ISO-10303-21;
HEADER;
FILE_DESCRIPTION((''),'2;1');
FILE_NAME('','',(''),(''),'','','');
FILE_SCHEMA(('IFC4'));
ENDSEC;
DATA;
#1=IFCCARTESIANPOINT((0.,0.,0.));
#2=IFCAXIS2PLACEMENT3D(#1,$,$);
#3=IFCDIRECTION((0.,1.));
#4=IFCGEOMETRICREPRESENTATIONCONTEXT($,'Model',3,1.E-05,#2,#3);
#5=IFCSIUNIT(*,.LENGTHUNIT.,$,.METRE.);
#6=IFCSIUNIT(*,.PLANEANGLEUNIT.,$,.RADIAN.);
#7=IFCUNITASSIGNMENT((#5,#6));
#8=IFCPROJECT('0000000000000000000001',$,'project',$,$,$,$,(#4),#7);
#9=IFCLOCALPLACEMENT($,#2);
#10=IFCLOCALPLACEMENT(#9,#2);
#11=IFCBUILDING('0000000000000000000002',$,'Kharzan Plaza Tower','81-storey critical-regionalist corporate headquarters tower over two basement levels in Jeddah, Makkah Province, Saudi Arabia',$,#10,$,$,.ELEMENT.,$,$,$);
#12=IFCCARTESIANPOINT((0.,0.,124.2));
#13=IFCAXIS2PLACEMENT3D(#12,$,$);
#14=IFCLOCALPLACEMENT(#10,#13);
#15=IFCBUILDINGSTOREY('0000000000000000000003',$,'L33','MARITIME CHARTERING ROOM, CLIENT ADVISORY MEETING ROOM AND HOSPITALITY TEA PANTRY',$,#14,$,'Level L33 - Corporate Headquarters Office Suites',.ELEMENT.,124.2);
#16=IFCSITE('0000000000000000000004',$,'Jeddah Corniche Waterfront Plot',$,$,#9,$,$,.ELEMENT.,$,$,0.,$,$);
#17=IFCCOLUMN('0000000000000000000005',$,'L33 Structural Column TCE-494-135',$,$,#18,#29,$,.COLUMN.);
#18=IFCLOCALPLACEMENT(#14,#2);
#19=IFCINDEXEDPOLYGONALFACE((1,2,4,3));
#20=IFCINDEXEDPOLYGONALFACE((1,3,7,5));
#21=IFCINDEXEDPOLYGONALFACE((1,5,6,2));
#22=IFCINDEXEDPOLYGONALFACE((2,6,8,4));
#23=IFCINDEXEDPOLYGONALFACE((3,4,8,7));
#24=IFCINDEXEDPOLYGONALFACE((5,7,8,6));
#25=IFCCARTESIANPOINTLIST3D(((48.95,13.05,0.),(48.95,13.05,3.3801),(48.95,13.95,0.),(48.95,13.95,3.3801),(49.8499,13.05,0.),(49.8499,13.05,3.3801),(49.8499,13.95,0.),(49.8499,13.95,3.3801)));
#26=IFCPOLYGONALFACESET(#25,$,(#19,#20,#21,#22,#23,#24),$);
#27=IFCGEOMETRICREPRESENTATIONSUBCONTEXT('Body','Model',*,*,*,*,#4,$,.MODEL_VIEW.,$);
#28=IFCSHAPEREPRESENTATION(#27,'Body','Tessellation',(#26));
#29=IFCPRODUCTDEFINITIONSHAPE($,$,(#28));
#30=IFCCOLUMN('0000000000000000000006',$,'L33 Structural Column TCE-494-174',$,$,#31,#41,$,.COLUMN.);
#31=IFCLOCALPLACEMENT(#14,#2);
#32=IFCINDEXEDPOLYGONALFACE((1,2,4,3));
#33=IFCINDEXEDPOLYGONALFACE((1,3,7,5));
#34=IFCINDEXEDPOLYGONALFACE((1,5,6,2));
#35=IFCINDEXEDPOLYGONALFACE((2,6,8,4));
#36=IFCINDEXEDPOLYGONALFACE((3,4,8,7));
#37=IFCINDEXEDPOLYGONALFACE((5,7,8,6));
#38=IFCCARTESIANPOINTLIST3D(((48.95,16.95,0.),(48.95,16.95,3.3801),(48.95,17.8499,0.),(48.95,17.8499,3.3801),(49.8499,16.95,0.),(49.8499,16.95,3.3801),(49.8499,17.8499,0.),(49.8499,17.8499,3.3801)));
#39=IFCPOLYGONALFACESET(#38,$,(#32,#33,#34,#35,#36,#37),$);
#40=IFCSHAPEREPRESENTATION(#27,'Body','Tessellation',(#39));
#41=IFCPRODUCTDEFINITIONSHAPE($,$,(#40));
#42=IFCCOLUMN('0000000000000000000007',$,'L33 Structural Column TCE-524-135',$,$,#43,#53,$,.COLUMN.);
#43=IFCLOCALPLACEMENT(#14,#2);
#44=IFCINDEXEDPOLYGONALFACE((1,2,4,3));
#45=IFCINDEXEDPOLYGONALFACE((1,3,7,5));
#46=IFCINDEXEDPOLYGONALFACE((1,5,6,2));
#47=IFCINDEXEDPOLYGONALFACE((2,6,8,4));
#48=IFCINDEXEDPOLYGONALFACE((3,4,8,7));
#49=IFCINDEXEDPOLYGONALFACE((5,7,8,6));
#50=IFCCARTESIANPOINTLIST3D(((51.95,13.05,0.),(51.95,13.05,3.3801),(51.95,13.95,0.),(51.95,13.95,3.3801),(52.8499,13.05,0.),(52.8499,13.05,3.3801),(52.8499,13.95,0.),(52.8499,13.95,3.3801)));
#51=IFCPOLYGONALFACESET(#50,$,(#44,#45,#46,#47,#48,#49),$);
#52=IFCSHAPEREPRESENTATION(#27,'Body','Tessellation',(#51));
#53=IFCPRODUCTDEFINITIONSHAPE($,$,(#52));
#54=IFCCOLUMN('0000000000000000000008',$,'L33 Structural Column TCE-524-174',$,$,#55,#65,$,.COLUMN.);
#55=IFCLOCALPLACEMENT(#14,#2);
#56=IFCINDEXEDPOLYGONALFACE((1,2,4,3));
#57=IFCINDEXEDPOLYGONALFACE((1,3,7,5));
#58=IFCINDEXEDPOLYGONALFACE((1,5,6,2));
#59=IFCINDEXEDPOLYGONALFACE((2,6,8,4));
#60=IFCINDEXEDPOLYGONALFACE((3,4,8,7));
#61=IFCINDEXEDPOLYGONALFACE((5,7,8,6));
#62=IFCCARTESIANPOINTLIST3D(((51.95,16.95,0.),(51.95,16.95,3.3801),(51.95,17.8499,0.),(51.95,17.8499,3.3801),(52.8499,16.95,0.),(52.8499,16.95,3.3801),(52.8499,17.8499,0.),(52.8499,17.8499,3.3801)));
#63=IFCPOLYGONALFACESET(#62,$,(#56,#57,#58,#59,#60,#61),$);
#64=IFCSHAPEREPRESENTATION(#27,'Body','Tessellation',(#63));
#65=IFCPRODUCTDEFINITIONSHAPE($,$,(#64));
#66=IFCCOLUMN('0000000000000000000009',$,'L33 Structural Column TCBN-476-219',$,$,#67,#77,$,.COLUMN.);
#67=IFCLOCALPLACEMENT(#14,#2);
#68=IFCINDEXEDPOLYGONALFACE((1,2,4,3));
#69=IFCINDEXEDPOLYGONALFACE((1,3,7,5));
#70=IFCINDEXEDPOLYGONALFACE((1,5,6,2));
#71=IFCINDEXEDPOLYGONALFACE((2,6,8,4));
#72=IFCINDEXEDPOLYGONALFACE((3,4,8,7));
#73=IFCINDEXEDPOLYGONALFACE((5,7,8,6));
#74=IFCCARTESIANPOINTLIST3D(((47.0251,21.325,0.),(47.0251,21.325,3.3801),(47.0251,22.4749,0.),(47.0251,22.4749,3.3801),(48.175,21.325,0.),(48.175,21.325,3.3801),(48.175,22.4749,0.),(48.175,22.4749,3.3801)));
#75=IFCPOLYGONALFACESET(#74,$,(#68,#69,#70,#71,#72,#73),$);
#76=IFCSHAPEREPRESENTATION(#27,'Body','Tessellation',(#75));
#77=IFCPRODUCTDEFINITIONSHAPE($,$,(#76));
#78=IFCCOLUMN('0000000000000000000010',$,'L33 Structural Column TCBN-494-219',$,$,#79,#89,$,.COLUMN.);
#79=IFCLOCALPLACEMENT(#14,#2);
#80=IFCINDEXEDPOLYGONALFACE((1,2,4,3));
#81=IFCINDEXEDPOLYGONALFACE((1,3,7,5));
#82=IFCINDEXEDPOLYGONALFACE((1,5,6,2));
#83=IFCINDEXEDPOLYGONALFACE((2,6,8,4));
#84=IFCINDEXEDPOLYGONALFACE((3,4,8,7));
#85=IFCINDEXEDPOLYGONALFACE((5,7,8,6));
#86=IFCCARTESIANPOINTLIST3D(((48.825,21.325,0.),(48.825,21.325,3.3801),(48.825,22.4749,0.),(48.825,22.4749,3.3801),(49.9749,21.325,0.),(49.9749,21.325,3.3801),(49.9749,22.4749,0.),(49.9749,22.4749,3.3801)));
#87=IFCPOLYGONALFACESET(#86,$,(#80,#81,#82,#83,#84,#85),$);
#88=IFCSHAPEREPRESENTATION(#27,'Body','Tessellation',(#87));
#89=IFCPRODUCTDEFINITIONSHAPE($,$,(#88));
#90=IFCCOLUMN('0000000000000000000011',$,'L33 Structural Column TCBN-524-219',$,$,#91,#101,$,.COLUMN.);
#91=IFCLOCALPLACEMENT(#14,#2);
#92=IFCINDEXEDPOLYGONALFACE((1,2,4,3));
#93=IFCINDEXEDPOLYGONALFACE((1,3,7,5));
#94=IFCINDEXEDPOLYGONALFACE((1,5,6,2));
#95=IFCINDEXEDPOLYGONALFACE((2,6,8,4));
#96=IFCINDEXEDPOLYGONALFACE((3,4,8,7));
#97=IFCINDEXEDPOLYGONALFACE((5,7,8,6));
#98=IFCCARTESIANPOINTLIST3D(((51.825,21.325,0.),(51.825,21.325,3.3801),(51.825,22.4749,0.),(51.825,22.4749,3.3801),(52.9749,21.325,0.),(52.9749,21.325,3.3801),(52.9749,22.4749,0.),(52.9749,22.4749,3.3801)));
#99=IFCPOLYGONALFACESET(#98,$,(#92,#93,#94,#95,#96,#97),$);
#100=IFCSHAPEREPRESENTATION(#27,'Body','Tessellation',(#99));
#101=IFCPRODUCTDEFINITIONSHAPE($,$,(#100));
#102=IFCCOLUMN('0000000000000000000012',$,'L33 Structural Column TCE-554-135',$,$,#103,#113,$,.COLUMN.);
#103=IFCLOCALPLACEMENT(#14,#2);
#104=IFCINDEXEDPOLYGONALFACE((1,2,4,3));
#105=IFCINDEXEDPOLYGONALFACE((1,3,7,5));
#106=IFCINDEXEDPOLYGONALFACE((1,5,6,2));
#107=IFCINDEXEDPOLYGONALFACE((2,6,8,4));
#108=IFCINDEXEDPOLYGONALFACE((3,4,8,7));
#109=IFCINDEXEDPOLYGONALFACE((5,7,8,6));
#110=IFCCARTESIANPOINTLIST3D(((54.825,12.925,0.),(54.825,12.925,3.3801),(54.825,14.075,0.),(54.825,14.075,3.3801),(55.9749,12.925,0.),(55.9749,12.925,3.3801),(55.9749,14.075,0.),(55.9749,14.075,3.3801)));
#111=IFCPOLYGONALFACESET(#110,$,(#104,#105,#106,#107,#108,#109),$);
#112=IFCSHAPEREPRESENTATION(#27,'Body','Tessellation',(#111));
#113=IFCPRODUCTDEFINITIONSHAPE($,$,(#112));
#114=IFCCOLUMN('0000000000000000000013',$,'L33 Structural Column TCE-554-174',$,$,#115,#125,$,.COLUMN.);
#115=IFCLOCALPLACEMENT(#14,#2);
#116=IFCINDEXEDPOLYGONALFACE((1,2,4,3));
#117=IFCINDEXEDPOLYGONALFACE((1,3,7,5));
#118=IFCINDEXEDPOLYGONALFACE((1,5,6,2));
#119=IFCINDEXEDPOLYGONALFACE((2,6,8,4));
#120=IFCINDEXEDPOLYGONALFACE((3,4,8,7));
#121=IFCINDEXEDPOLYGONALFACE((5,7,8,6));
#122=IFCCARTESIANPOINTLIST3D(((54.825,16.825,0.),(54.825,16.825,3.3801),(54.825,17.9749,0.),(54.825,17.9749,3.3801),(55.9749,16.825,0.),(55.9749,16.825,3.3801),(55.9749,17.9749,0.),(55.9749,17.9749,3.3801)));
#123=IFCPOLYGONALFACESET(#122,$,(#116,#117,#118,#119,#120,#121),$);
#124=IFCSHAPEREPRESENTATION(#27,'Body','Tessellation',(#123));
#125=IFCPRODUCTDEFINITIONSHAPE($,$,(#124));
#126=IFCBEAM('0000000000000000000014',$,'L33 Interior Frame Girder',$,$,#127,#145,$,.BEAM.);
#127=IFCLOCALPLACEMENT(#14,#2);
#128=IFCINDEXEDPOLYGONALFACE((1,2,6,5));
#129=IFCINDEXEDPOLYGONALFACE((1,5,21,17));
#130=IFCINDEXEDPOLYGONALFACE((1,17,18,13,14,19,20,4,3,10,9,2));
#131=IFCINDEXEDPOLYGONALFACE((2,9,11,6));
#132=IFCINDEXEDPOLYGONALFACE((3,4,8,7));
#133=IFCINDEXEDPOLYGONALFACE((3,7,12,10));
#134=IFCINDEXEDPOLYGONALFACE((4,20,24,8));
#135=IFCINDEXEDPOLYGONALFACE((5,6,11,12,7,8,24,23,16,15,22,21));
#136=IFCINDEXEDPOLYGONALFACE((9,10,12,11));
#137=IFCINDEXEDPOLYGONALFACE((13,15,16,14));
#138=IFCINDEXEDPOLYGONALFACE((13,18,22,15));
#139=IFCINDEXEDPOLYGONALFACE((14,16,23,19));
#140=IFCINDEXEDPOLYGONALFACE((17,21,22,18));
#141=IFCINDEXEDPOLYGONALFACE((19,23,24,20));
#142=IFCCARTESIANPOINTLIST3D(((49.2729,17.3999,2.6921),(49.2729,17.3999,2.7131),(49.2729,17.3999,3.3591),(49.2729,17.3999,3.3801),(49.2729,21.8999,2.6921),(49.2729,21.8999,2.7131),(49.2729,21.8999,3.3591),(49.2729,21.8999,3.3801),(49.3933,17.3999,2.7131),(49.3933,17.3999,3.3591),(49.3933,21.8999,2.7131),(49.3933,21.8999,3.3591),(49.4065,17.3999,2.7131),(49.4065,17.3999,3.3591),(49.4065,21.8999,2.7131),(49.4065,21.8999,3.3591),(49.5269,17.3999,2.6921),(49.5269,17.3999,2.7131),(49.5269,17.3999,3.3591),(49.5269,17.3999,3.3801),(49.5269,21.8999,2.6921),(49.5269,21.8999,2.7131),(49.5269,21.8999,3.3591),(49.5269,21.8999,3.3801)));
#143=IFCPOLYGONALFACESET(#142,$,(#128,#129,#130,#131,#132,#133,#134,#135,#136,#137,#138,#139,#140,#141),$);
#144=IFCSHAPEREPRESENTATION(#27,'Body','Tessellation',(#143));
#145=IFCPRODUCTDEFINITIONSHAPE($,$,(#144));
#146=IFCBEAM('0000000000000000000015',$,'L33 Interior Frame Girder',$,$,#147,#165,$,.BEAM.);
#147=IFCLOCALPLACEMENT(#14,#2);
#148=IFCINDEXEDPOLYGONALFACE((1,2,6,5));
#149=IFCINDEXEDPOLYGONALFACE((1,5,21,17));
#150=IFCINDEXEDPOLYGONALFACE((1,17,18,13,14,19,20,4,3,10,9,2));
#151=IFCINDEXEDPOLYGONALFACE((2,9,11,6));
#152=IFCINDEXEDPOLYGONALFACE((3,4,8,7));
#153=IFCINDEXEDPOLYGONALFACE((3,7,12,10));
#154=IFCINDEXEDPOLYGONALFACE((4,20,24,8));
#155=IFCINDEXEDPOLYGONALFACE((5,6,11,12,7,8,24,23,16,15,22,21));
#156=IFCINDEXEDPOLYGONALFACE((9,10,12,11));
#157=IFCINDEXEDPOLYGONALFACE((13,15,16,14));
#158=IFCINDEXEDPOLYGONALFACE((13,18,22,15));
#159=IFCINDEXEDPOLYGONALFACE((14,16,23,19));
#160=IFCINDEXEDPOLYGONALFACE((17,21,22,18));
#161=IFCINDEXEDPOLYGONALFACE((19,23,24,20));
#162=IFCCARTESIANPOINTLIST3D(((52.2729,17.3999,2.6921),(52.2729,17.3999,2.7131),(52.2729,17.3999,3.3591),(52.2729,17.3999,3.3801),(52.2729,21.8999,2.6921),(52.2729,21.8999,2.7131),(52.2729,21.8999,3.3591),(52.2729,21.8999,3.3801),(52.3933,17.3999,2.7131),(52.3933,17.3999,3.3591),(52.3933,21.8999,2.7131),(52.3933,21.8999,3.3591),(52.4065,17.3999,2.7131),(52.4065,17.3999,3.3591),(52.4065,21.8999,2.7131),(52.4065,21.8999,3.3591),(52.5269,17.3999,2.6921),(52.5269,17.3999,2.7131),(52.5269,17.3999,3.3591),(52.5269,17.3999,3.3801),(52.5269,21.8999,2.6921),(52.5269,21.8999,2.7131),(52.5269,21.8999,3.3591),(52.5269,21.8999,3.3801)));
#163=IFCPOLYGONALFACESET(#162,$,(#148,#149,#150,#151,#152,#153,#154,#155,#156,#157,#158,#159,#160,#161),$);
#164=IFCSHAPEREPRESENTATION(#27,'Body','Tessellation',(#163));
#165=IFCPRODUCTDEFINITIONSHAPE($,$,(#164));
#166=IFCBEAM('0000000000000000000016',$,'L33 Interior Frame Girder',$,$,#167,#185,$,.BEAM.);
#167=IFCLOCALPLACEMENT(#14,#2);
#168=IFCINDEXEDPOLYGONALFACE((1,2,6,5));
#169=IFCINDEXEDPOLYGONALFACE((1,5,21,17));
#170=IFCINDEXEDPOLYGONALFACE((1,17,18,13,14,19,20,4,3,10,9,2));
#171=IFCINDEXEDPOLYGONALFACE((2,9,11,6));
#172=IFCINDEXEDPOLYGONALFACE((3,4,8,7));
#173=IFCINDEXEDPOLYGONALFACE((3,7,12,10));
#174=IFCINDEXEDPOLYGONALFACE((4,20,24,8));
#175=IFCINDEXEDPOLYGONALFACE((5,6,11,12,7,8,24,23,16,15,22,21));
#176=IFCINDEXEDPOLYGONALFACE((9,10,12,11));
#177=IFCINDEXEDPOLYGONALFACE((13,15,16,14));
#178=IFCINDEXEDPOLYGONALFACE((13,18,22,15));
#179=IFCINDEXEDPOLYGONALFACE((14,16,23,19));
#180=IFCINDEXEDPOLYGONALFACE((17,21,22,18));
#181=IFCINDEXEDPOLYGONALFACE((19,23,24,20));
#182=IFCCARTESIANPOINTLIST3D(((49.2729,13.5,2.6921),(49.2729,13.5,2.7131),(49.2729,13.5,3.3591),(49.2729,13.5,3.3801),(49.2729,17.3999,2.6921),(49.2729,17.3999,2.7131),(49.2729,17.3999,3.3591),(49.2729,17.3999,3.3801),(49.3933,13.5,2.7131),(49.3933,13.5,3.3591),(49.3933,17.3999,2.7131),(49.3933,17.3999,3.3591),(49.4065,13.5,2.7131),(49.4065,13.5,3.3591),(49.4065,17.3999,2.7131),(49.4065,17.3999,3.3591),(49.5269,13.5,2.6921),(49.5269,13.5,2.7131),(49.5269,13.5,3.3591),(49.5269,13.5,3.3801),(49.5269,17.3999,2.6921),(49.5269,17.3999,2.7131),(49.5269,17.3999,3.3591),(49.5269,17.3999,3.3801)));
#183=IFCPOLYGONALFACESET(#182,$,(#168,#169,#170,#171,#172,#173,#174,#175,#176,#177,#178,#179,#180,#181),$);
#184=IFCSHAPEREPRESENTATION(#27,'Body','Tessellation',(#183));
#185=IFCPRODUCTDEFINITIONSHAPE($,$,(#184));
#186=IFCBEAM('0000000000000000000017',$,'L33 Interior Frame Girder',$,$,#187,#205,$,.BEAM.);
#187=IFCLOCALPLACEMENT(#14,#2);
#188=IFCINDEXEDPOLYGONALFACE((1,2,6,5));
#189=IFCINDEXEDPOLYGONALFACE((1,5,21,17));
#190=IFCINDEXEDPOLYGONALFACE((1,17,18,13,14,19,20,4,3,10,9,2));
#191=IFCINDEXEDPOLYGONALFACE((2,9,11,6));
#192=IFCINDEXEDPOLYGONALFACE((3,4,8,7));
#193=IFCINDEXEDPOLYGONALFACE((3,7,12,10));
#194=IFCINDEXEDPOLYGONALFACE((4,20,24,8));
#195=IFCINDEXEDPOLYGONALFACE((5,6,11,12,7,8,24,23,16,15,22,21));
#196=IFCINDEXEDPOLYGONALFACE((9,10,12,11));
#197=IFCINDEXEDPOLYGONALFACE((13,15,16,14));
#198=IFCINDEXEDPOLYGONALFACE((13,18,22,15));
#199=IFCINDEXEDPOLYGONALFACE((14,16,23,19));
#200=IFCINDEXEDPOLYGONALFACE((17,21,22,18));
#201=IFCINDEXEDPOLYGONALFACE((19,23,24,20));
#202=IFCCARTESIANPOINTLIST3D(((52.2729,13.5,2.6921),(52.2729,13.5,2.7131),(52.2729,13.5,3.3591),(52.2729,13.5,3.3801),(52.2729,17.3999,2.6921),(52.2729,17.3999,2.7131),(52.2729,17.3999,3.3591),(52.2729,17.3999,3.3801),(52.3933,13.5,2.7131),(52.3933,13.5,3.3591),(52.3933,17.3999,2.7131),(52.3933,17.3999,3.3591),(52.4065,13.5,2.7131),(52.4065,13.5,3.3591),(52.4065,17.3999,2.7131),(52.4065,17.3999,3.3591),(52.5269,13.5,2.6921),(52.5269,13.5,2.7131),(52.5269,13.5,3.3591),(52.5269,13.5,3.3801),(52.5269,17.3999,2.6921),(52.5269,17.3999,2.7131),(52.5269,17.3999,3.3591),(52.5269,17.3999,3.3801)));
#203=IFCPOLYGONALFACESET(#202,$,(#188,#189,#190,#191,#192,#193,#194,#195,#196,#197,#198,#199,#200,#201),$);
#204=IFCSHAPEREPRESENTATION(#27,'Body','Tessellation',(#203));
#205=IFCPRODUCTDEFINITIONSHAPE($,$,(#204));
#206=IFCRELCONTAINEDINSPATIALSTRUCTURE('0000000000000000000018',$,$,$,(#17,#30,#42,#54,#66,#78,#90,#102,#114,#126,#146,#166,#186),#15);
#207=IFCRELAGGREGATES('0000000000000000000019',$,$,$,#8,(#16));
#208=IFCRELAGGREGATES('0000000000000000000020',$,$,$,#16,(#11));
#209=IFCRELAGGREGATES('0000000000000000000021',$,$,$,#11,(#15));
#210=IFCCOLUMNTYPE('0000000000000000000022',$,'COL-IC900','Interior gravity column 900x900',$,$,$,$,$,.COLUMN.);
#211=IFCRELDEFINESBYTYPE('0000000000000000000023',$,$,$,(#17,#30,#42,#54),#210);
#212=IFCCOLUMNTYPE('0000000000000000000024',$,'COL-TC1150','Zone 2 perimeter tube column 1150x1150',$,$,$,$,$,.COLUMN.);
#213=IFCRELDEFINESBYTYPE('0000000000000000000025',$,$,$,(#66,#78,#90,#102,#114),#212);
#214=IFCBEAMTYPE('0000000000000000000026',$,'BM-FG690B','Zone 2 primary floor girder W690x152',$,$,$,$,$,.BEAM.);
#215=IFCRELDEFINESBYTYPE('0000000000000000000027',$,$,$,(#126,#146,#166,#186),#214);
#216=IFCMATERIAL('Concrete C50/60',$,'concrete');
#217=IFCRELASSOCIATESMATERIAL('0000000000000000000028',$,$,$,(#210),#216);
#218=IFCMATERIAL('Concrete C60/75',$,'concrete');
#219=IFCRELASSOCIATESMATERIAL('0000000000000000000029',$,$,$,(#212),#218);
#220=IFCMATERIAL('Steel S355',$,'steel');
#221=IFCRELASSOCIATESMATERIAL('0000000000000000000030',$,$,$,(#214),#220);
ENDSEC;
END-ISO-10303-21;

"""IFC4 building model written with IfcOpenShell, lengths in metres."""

from ifc_helpers import new_model, si_unit, direction, frame, origin, origin_2d, place, context, subcontext, project, spatial, rectangle, i_section, extrude, source, transform, mapped, material, material_profile, profile_set, type_object, element, save


model = new_model("IFC4")

# Units and contexts
model_context = context("Model", 3, precision=1e-05, world=origin(), true_north=direction((0.0, 1.0)))
body_context = subcontext(model_context, "Body", "Model", "MODEL_VIEW")
ifc_project = project(units=[si_unit("LENGTHUNIT", "METRE"), si_unit("PLANEANGLEUNIT", "RADIAN")], contexts=[model_context])

# Site, building, storey
site_placement = place(None, origin())
site = spatial("IfcSite", under=ifc_project, at=site_placement, Name="Jeddah Corniche Waterfront Plot", CompositionType="ELEMENT", RefElevation=0.0)
building_placement = place(site_placement, origin())
building = spatial("IfcBuilding", under=site, at=building_placement, Name="Kharzan Plaza Tower", Description="81-storey critical-regionalist corporate headquarters tower over two basement levels in Jeddah, Makkah Province, Saudi Arabia", CompositionType="ELEMENT")
storey_placement = place(building_placement, frame((0.0, 0.0, 124.2)))
storey = spatial("IfcBuildingStorey", under=building, at=storey_placement, Name="L33", Description="MARITIME CHARTERING ROOM, CLIENT ADVISORY MEETING ROOM AND HOSPITALITY TEA PANTRY", LongName="Level L33 - Corporate Headquarters Office Suites", CompositionType="ELEMENT", Elevation=124.2)

# Columns
ifc_material_1 = material(Name="Concrete C50/60", Category="concrete")
ifc_material_profile_1 = material_profile(ifc_material_1, rectangle(XDim=0.8999, YDim=0.8999, at=origin_2d()), Name="RC-IC900x900")
ifc_profile_set_1 = profile_set([ifc_material_profile_1], Name="Concrete C50/60")
column_type_1 = type_object("IfcColumnType", Name="COL-IC900", Description="Interior gravity column 900x900", PredefinedType="COLUMN", material=ifc_profile_set_1)
shared_shape_1 = source(origin(), body_context, "Body", "SweptSolid", [
    extrude(rectangle(XDim=0.8999, YDim=0.8999, at=origin_2d()), origin(), (0.0, 0.0, 1.0), 3.3801),
])
for number, where, z_axis, x_axis, name in (
    (1, (49.3999, 13.5, 0.0), (0.0, 0.0, 1.0), (1.0, 0.0, 0.0), "L33 Structural Column TCE-494-135"),
    (2, (49.3999, 17.3999, 0.0), (0.0, 0.0, 1.0), (1.0, 0.0, 0.0), "L33 Structural Column TCE-494-174"),
    (3, (52.3999, 13.5, 0.0), (0.0, 0.0, 1.0), (1.0, 0.0, 0.0), "L33 Structural Column TCE-524-135"),
    (4, (52.3999, 17.3999, 0.0), (0.0, 0.0, 1.0), (1.0, 0.0, 0.0), "L33 Structural Column TCE-524-174"),
):
    element("IfcColumn", number, at=place(storey_placement, frame(where, z_axis=z_axis, x_axis=x_axis)), inside=storey, type_object=column_type_1, Name=name, PredefinedType="COLUMN", context=body_context, shape_type="MappedRepresentation", body=[
        mapped(shared_shape_1, transform((0.0, 0.0, 0.0), x_axis=(1.0, 0.0, 0.0), y_axis=(0.0, 1.0, 0.0), z_axis=(0.0, 0.0, 1.0))),
    ])
ifc_material_2 = material(Name="Concrete C60/75", Category="concrete")
ifc_material_profile_2 = material_profile(ifc_material_2, rectangle(XDim=1.1499, YDim=1.1499, at=origin_2d()), Name="RC-TC1150x1150")
ifc_profile_set_2 = profile_set([ifc_material_profile_2], Name="Concrete C60/75")
column_type_2 = type_object("IfcColumnType", Name="COL-TC1150", Description="Zone 2 perimeter tube column 1150x1150", PredefinedType="COLUMN", material=ifc_profile_set_2)
shared_shape_2 = source(origin(), body_context, "Body", "SweptSolid", [
    extrude(rectangle(XDim=1.1499, YDim=1.1499, at=origin_2d()), origin(), (0.0, 0.0, 1.0), 3.3801),
])
for number, where, z_axis, x_axis, name in (
    (5, (47.6001, 21.8999, 0.0), (0.0, 0.0, 1.0), (1.0, 0.0, 0.0), "L33 Structural Column TCBN-476-219"),
    (6, (49.3999, 21.8999, 0.0), (0.0, 0.0, 1.0), (1.0, 0.0, 0.0), "L33 Structural Column TCBN-494-219"),
    (7, (52.3999, 21.8999, 0.0), (0.0, 0.0, 1.0), (1.0, 0.0, 0.0), "L33 Structural Column TCBN-524-219"),
    (8, (55.3999, 13.5, 0.0), (0.0, 0.0, 1.0), (1.0, 0.0, 0.0), "L33 Structural Column TCE-554-135"),
    (9, (55.3999, 17.3999, 0.0), (0.0, 0.0, 1.0), (1.0, 0.0, 0.0), "L33 Structural Column TCE-554-174"),
):
    element("IfcColumn", number, at=place(storey_placement, frame(where, z_axis=z_axis, x_axis=x_axis)), inside=storey, type_object=column_type_2, Name=name, PredefinedType="COLUMN", context=body_context, shape_type="MappedRepresentation", body=[
        mapped(shared_shape_2, transform((0.0, 0.0, 0.0), x_axis=(1.0, 0.0, 0.0), y_axis=(0.0, 1.0, 0.0), z_axis=(0.0, 0.0, 1.0))),
    ])

# Beams
ifc_material_3 = material(Name="Steel S355", Category="steel")
ifc_material_profile_3 = material_profile(ifc_material_3, i_section(OverallWidth=0.2539, OverallDepth=0.688, WebThickness=0.0132, FlangeThickness=0.021, at=origin_2d()), Name="W690x152")
ifc_profile_set_3 = profile_set([ifc_material_profile_3], Name="Steel S355")
beam_type_1 = type_object("IfcBeamType", Name="BM-FG690B", Description="Zone 2 primary floor girder W690x152", PredefinedType="BEAM", material=ifc_profile_set_3)
shared_shape_3 = source(origin(), body_context, "Body", "SweptSolid", [
    extrude(i_section(OverallWidth=0.2539, OverallDepth=0.688, WebThickness=0.0132, FlangeThickness=0.021, at=origin_2d()), origin(), (0.0, 0.0, 1.0), 4.5),
])
for number, where, z_axis, x_axis, name in (
    (10, (49.3999, 17.3999, 3.0361), (0.0, 1.0, 0.0), (-1.0, 0.0, 0.0), "L33 Interior Frame Girder"),
    (11, (52.3999, 17.3999, 3.0361), (0.0, 1.0, 0.0), (-1.0, 0.0, 0.0), "L33 Interior Frame Girder"),
):
    element("IfcBeam", number, at=place(storey_placement, frame(where, z_axis=z_axis, x_axis=x_axis)), inside=storey, type_object=beam_type_1, Name=name, PredefinedType="BEAM", context=body_context, shape_type="MappedRepresentation", body=[
        mapped(shared_shape_3, transform((0.0, 0.0, 0.0), x_axis=(1.0, 0.0, 0.0), y_axis=(0.0, 1.0, 0.0), z_axis=(0.0, 0.0, 1.0))),
    ])
shared_shape_4 = source(origin(), body_context, "Body", "SweptSolid", [
    extrude(i_section(OverallWidth=0.2539, OverallDepth=0.688, WebThickness=0.0132, FlangeThickness=0.021, at=origin_2d()), origin(), (0.0, 0.0, 1.0), 3.8999),
])
for number, where, z_axis, x_axis, name in (
    (12, (49.3999, 13.5, 3.0361), (0.0, 1.0, 0.0), (-1.0, 0.0, 0.0), "L33 Interior Frame Girder"),
    (13, (52.3999, 13.5, 3.0361), (0.0, 1.0, 0.0), (-1.0, 0.0, 0.0), "L33 Interior Frame Girder"),
):
    element("IfcBeam", number, at=place(storey_placement, frame(where, z_axis=z_axis, x_axis=x_axis)), inside=storey, type_object=beam_type_1, Name=name, PredefinedType="BEAM", context=body_context, shape_type="MappedRepresentation", body=[
        mapped(shared_shape_4, transform((0.0, 0.0, 0.0), x_axis=(1.0, 0.0, 0.0), y_axis=(0.0, 1.0, 0.0), z_axis=(0.0, 0.0, 1.0))),
    ])

save(model, "model.ifc")
